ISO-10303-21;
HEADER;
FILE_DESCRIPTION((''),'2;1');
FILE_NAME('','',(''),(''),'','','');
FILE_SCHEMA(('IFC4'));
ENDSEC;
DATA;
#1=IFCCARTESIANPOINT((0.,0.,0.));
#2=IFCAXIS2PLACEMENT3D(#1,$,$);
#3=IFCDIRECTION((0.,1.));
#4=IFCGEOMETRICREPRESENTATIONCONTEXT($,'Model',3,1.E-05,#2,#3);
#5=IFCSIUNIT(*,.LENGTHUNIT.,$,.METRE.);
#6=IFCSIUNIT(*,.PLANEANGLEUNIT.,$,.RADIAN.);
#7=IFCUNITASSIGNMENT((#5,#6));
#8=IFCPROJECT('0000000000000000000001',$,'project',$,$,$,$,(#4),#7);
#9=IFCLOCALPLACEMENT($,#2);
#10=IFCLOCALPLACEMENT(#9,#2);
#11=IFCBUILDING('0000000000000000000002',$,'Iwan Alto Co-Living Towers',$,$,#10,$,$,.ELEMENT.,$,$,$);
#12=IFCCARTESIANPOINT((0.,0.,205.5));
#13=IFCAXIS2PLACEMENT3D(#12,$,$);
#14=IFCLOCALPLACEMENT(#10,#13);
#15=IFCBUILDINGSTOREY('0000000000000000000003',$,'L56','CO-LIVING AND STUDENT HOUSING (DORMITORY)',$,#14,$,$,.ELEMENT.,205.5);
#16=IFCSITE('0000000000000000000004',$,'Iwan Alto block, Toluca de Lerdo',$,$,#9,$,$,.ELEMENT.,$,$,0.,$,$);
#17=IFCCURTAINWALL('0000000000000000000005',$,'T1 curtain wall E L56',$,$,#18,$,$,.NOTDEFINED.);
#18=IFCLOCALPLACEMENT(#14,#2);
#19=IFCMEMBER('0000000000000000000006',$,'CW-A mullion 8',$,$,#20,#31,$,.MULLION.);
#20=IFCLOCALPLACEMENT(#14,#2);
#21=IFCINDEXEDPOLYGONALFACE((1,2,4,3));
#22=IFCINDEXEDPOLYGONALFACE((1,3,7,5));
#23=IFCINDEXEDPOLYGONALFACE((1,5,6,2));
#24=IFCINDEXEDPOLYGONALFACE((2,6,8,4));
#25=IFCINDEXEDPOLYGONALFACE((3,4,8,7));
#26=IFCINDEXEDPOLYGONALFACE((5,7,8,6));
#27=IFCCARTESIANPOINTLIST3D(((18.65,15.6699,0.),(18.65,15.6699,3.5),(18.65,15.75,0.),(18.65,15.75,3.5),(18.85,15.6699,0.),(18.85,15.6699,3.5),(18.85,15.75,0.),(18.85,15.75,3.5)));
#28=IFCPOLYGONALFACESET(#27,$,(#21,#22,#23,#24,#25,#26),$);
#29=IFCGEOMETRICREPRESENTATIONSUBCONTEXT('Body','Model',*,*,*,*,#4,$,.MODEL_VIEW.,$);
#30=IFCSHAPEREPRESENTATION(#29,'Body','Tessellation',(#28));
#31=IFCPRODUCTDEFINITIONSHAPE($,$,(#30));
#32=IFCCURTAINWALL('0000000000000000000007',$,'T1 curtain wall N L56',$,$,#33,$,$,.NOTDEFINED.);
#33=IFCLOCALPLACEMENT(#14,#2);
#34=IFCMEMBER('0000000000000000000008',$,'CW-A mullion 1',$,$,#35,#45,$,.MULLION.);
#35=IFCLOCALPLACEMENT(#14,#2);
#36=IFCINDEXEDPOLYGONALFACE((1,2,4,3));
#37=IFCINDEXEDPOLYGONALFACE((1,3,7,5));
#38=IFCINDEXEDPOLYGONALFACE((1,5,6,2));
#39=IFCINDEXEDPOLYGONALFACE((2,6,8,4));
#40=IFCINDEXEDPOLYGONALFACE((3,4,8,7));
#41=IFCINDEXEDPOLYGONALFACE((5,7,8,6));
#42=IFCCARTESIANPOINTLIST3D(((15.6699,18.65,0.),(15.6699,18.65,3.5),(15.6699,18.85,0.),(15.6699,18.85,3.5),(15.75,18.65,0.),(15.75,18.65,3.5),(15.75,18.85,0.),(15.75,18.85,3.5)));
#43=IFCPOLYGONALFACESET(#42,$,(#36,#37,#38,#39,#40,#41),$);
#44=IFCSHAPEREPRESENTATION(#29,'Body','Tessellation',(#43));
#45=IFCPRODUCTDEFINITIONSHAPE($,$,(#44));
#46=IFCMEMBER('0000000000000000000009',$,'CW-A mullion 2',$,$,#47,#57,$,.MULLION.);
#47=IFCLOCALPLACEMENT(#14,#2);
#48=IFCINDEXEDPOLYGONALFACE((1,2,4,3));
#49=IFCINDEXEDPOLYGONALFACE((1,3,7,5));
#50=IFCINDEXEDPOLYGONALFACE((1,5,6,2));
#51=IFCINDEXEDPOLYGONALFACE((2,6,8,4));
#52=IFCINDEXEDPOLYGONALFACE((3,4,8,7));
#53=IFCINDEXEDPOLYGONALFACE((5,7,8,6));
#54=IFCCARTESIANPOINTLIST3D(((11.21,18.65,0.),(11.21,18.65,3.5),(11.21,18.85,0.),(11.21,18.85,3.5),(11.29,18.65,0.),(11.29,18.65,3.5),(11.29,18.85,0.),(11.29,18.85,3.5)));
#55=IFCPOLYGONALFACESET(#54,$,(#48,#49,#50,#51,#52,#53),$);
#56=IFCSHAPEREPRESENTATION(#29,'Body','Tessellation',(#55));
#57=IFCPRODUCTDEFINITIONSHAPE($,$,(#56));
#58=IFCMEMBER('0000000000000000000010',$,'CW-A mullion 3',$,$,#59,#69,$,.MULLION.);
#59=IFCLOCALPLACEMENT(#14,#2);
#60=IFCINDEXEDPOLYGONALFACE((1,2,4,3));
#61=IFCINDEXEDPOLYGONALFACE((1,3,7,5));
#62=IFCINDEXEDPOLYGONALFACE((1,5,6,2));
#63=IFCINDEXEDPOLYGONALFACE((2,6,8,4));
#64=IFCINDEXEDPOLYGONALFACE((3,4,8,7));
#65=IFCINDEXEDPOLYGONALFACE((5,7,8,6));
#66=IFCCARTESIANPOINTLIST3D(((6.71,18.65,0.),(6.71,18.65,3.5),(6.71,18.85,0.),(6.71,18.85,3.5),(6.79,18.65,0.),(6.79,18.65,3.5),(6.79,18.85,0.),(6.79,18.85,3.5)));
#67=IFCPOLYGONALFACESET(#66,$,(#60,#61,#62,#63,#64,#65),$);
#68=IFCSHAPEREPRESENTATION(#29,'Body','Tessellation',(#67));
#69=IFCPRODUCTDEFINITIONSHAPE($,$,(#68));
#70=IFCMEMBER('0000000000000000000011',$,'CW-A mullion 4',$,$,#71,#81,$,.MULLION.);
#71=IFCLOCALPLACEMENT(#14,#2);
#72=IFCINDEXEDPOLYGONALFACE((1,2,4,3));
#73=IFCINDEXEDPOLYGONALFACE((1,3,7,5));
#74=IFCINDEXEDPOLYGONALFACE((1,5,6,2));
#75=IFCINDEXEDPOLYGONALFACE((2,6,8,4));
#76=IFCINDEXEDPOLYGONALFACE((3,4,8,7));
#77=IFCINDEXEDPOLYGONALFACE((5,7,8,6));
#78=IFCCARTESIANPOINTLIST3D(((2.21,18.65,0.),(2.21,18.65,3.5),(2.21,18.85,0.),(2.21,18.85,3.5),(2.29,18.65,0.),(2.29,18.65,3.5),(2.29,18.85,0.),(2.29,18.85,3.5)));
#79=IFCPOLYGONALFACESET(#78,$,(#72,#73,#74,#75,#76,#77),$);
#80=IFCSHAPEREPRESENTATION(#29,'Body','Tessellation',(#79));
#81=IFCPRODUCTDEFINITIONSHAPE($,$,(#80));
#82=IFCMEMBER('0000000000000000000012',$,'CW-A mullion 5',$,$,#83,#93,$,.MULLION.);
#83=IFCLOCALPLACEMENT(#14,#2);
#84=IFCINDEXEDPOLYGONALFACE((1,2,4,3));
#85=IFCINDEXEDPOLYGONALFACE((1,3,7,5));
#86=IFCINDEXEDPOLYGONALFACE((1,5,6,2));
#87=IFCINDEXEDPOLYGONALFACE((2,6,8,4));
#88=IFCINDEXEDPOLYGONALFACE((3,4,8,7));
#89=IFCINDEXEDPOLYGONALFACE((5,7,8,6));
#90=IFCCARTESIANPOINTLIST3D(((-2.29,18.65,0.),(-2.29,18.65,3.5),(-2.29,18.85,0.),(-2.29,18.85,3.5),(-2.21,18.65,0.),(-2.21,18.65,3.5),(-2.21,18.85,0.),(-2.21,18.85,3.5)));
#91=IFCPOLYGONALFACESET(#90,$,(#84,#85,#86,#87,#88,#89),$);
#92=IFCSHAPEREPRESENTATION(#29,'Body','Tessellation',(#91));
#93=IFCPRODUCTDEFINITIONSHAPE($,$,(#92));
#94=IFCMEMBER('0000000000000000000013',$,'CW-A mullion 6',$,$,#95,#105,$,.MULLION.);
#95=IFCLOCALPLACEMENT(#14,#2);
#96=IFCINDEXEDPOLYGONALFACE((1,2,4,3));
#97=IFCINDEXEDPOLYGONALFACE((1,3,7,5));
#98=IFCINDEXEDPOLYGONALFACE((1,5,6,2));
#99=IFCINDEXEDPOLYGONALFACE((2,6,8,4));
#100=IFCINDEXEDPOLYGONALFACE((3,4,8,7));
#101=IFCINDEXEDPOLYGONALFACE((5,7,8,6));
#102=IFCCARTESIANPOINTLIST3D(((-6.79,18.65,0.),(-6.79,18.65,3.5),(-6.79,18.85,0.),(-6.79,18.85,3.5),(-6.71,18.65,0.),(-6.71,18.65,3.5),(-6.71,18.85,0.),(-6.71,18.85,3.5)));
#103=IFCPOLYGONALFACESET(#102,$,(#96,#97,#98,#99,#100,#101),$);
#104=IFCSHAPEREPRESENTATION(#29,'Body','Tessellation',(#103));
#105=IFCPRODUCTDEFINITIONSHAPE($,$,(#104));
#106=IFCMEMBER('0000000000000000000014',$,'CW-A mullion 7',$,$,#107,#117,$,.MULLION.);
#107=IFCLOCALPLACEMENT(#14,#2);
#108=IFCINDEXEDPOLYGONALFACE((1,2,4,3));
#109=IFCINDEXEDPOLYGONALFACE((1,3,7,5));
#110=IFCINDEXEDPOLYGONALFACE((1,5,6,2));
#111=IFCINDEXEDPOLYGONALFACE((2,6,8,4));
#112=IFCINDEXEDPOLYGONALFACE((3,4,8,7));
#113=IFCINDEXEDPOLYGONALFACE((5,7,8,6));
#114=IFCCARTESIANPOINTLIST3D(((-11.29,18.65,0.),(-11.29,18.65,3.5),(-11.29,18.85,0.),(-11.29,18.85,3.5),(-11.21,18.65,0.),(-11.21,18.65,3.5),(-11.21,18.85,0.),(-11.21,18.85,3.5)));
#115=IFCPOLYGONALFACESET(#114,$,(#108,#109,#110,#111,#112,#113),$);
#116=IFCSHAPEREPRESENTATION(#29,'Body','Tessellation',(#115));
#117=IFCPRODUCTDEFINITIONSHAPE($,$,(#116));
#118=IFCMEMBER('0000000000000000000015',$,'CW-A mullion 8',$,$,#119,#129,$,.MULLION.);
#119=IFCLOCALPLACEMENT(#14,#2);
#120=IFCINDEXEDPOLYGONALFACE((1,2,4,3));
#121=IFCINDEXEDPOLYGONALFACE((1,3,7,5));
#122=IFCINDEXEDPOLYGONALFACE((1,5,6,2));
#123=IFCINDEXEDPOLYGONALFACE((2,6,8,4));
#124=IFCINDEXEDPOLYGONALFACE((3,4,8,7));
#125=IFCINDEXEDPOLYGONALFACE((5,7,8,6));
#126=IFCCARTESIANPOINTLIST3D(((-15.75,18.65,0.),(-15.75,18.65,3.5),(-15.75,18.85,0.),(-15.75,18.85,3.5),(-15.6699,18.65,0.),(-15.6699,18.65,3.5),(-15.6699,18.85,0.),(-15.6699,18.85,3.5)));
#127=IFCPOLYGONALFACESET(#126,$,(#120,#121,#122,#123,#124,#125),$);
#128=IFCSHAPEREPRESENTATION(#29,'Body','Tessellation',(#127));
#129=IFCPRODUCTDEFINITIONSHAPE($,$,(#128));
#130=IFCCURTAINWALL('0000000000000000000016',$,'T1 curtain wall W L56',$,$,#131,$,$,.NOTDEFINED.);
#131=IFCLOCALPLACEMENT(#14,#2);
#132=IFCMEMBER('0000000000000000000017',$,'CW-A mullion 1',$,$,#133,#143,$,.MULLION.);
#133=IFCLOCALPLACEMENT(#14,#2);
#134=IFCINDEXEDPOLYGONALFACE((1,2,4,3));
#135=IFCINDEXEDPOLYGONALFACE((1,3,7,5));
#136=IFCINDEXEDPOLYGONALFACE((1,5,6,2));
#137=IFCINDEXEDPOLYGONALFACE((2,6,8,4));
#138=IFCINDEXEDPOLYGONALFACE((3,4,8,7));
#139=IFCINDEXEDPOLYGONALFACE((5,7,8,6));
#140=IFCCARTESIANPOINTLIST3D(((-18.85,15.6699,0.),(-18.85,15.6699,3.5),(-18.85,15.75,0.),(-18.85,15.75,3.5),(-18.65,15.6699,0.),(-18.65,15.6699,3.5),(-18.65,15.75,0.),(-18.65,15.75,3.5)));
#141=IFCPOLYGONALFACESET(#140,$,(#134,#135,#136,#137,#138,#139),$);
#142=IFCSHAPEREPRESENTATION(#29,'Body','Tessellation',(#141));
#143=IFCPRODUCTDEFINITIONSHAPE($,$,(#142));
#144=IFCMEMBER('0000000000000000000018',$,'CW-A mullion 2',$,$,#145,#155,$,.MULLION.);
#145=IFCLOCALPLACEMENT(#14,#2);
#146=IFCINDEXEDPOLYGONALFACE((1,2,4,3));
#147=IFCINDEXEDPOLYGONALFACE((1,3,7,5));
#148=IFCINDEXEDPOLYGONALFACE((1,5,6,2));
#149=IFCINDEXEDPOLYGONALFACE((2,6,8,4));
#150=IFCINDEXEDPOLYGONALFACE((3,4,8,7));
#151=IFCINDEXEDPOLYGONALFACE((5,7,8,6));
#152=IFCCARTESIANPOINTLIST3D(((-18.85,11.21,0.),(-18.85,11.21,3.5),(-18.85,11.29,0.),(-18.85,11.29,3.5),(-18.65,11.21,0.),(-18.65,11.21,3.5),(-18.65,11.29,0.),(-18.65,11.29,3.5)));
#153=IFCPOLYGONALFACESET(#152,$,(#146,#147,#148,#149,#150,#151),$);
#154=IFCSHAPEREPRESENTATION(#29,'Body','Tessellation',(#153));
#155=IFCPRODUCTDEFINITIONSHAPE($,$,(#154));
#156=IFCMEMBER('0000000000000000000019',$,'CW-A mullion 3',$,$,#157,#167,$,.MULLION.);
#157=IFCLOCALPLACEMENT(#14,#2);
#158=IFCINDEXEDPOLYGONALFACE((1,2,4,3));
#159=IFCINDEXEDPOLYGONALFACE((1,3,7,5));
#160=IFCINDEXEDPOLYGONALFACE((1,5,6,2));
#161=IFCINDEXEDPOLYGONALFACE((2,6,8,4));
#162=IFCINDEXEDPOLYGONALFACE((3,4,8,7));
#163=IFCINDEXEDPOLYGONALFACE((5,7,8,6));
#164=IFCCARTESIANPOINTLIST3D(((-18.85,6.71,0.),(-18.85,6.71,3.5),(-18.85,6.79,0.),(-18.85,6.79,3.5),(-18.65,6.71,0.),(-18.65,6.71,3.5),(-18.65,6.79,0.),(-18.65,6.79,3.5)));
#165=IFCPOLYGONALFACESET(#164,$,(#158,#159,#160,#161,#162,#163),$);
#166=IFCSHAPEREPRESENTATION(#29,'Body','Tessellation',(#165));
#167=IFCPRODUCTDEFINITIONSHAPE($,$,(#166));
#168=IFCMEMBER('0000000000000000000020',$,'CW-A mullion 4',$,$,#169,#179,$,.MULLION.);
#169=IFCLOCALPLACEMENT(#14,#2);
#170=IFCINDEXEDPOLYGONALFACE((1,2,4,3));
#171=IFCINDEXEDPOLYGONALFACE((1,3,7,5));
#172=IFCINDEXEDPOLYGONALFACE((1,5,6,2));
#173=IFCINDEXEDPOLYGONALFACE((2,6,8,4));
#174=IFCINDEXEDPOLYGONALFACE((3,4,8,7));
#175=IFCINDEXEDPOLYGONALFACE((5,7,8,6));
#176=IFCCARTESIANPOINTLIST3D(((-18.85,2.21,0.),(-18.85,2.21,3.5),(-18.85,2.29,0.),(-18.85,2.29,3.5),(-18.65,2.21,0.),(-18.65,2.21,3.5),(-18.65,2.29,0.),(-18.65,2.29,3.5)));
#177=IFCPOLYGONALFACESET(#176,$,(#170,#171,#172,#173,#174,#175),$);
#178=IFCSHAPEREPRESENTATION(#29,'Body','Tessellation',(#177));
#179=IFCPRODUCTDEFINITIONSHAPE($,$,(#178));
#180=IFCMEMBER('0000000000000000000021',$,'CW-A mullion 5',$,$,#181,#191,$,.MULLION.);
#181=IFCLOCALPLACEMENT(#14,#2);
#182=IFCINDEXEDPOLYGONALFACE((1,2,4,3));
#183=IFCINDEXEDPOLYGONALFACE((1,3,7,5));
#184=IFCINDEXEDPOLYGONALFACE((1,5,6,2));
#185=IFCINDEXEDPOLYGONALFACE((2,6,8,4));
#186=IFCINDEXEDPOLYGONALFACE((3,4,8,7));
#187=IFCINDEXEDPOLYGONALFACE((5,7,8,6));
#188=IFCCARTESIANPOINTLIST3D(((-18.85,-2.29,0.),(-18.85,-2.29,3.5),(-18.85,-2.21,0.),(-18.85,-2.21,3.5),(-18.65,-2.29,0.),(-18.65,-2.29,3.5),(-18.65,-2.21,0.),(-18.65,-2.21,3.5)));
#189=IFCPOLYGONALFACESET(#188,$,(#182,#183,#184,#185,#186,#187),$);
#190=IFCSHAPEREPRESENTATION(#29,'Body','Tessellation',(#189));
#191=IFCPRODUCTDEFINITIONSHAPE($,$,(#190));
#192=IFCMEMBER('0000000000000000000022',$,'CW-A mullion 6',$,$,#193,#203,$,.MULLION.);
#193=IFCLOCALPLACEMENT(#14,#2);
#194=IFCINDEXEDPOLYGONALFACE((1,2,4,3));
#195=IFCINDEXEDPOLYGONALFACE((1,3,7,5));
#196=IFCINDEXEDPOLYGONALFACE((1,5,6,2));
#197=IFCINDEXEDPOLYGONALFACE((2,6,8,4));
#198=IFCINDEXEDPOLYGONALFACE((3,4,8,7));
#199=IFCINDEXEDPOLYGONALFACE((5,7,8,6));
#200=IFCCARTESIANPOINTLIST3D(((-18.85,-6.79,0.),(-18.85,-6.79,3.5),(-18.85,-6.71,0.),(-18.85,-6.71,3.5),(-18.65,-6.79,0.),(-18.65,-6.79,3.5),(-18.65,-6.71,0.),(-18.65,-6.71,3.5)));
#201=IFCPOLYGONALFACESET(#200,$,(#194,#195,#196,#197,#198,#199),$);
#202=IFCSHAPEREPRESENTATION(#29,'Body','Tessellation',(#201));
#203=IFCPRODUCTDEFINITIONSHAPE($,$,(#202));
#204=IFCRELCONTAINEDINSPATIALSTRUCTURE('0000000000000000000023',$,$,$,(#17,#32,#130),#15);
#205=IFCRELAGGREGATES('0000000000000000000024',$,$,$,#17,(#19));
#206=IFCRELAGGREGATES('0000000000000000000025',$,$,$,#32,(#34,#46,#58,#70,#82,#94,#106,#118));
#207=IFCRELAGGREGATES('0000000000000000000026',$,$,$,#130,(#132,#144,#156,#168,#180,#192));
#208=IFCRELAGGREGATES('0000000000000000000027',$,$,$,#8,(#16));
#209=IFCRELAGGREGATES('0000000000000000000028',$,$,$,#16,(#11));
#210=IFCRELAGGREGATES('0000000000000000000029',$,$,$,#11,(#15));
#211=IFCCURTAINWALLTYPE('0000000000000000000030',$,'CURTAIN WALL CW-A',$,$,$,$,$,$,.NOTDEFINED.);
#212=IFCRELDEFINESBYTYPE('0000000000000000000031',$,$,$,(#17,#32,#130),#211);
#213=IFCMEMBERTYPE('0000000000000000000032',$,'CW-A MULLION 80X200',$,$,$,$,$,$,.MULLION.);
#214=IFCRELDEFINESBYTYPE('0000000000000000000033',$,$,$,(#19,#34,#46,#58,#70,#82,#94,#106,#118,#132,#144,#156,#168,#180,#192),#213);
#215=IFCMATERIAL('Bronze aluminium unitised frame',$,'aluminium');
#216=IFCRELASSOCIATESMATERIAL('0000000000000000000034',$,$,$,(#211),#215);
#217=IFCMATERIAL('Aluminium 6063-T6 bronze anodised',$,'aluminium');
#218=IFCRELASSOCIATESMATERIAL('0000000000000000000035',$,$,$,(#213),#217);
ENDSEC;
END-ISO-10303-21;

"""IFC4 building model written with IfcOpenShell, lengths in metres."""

from ifc_helpers import new_model, si_unit, direction, frame, origin, origin_2d, place, context, subcontext, project, spatial, rectangle, extrude, material, material_profile, profile_set, type_object, element, aggregate, save


model = new_model("IFC4")

# Units and contexts
model_context = context("Model", 3, precision=1e-05, world=origin(), true_north=direction((0.0, 1.0)))
body_context = subcontext(model_context, "Body", "Model", "MODEL_VIEW")
ifc_project = project(units=[si_unit("LENGTHUNIT", "METRE"), si_unit("PLANEANGLEUNIT", "RADIAN")], contexts=[model_context])

# Site, building, storey
site_placement = place(None, origin())
site = spatial("IfcSite", under=ifc_project, at=site_placement, Name="Iwan Alto block, Toluca de Lerdo", CompositionType="ELEMENT", RefElevation=0.0)
building_placement = place(site_placement, origin())
building = spatial("IfcBuilding", under=site, at=building_placement, Name="Iwan Alto Co-Living Towers", CompositionType="ELEMENT")
storey_placement = place(building_placement, frame((0.0, 0.0, 205.5)))
storey = spatial("IfcBuildingStorey", under=building, at=storey_placement, Name="L56", Description="CO-LIVING AND STUDENT HOUSING (DORMITORY)", CompositionType="ELEMENT", Elevation=205.5)

# Curtain walls, members
ifc_material_1 = material(Name="Bronze aluminium unitised frame", Category="aluminium")
curtain_wall_type_1 = type_object("IfcCurtainWallType", Name="CURTAIN WALL CW-A", PredefinedType="NOTDEFINED", material=ifc_material_1)
ifc_material_2 = material(Name="Aluminium 6063-T6 bronze anodised", Category="aluminium")
ifc_material_profile_1 = material_profile(ifc_material_2, rectangle(XDim=0.2, YDim=0.0801, at=origin_2d()), Name="AL 80X200")
ifc_profile_set_1 = profile_set([ifc_material_profile_1], Name="Aluminium 6063-T6 bronze anodised")
member_type_1 = type_object("IfcMemberType", Name="CW-A MULLION 80X200", PredefinedType="MULLION", material=ifc_profile_set_1)
curtain_wall_1_placement = place(storey_placement, origin())
curtain_wall_1 = element("IfcCurtainWall", 1, at=curtain_wall_1_placement, inside=storey, type_object=curtain_wall_type_1, Name="T1 curtain wall E L56", PredefinedType="NOTDEFINED")
member_1_placement = place(storey_placement, frame((18.75, 15.71, 0.0), z_axis=(0.0, 0.0, 1.0), x_axis=(-1.0, 0.0, 0.0)))
member_1 = element("IfcMember", 2, at=member_1_placement, type_object=member_type_1, Name="CW-A mullion 8", PredefinedType="MULLION", context=body_context, shape_type="SweptSolid", body=[
    extrude(rectangle(XDim=0.2, YDim=0.0801, at=origin_2d()), origin(), (0.0, 0.0, 1.0), 3.5),
])
aggregate(curtain_wall_1, [member_1])
curtain_wall_2_placement = place(storey_placement, origin())
curtain_wall_2 = element("IfcCurtainWall", 3, at=curtain_wall_2_placement, inside=storey, type_object=curtain_wall_type_1, Name="T1 curtain wall N L56", PredefinedType="NOTDEFINED")
member_2_placement = place(storey_placement, frame((15.71, 18.75, 0.0), z_axis=(0.0, 0.0, 1.0), x_axis=(0.0, -1.0, 0.0)))
member_2 = element("IfcMember", 4, at=member_2_placement, type_object=member_type_1, Name="CW-A mullion 1", PredefinedType="MULLION", context=body_context, shape_type="SweptSolid", body=[
    extrude(rectangle(XDim=0.2, YDim=0.0801, at=origin_2d()), origin(), (0.0, 0.0, 1.0), 3.5),
])
member_3_placement = place(storey_placement, frame((11.25, 18.75, 0.0), z_axis=(0.0, 0.0, 1.0), x_axis=(0.0, -1.0, 0.0)))
member_3 = element("IfcMember", 5, at=member_3_placement, type_object=member_type_1, Name="CW-A mullion 2", PredefinedType="MULLION", context=body_context, shape_type="SweptSolid", body=[
    extrude(rectangle(XDim=0.2, YDim=0.0801, at=origin_2d()), origin(), (0.0, 0.0, 1.0), 3.5),
])
member_4_placement = place(storey_placement, frame((6.75, 18.75, 0.0), z_axis=(0.0, 0.0, 1.0), x_axis=(0.0, -1.0, 0.0)))
member_4 = element("IfcMember", 6, at=member_4_placement, type_object=member_type_1, Name="CW-A mullion 3", PredefinedType="MULLION", context=body_context, shape_type="SweptSolid", body=[
    extrude(rectangle(XDim=0.2, YDim=0.0801, at=origin_2d()), origin(), (0.0, 0.0, 1.0), 3.5),
])
member_5_placement = place(storey_placement, frame((2.25, 18.75, 0.0), z_axis=(0.0, 0.0, 1.0), x_axis=(0.0, -1.0, 0.0)))
member_5 = element("IfcMember", 7, at=member_5_placement, type_object=member_type_1, Name="CW-A mullion 4", PredefinedType="MULLION", context=body_context, shape_type="SweptSolid", body=[
    extrude(rectangle(XDim=0.2, YDim=0.0801, at=origin_2d()), origin(), (0.0, 0.0, 1.0), 3.5),
])
member_6_placement = place(storey_placement, frame((-2.25, 18.75, 0.0), z_axis=(0.0, 0.0, 1.0), x_axis=(0.0, -1.0, 0.0)))
member_6 = element("IfcMember", 8, at=member_6_placement, type_object=member_type_1, Name="CW-A mullion 5", PredefinedType="MULLION", context=body_context, shape_type="SweptSolid", body=[
    extrude(rectangle(XDim=0.2, YDim=0.0801, at=origin_2d()), origin(), (0.0, 0.0, 1.0), 3.5),
])
member_7_placement = place(storey_placement, frame((-6.75, 18.75, 0.0), z_axis=(0.0, 0.0, 1.0), x_axis=(0.0, -1.0, 0.0)))
member_7 = element("IfcMember", 9, at=member_7_placement, type_object=member_type_1, Name="CW-A mullion 6", PredefinedType="MULLION", context=body_context, shape_type="SweptSolid", body=[
    extrude(rectangle(XDim=0.2, YDim=0.0801, at=origin_2d()), origin(), (0.0, 0.0, 1.0), 3.5),
])
member_8_placement = place(storey_placement, frame((-11.25, 18.75, 0.0), z_axis=(0.0, 0.0, 1.0), x_axis=(0.0, -1.0, 0.0)))
member_8 = element("IfcMember", 10, at=member_8_placement, type_object=member_type_1, Name="CW-A mullion 7", PredefinedType="MULLION", context=body_context, shape_type="SweptSolid", body=[
    extrude(rectangle(XDim=0.2, YDim=0.0801, at=origin_2d()), origin(), (0.0, 0.0, 1.0), 3.5),
])
member_9_placement = place(storey_placement, frame((-15.71, 18.75, 0.0), z_axis=(0.0, 0.0, 1.0), x_axis=(0.0, -1.0, 0.0)))
member_9 = element("IfcMember", 11, at=member_9_placement, type_object=member_type_1, Name="CW-A mullion 8", PredefinedType="MULLION", context=body_context, shape_type="SweptSolid", body=[
    extrude(rectangle(XDim=0.2, YDim=0.0801, at=origin_2d()), origin(), (0.0, 0.0, 1.0), 3.5),
])
aggregate(curtain_wall_2, [member_2, member_3, member_4, member_5, member_6, member_7, member_8, member_9])
curtain_wall_3_placement = place(storey_placement, origin())
curtain_wall_3 = element("IfcCurtainWall", 12, at=curtain_wall_3_placement, inside=storey, type_object=curtain_wall_type_1, Name="T1 curtain wall W L56", PredefinedType="NOTDEFINED")
member_10_placement = place(storey_placement, frame((-18.75, 15.71, 0.0), z_axis=(0.0, 0.0, 1.0), x_axis=(1.0, 0.0, 0.0)))
member_10 = element("IfcMember", 13, at=member_10_placement, type_object=member_type_1, Name="CW-A mullion 1", PredefinedType="MULLION", context=body_context, shape_type="SweptSolid", body=[
    extrude(rectangle(XDim=0.2, YDim=0.0801, at=origin_2d()), origin(), (0.0, 0.0, 1.0), 3.5),
])
member_11_placement = place(storey_placement, frame((-18.75, 11.25, 0.0), z_axis=(0.0, 0.0, 1.0), x_axis=(1.0, 0.0, 0.0)))
member_11 = element("IfcMember", 14, at=member_11_placement, type_object=member_type_1, Name="CW-A mullion 2", PredefinedType="MULLION", context=body_context, shape_type="SweptSolid", body=[
    extrude(rectangle(XDim=0.2, YDim=0.0801, at=origin_2d()), origin(), (0.0, 0.0, 1.0), 3.5),
])
member_12_placement = place(storey_placement, frame((-18.75, 6.75, 0.0), z_axis=(0.0, 0.0, 1.0), x_axis=(1.0, 0.0, 0.0)))
member_12 = element("IfcMember", 15, at=member_12_placement, type_object=member_type_1, Name="CW-A mullion 3", PredefinedType="MULLION", context=body_context, shape_type="SweptSolid", body=[
    extrude(rectangle(XDim=0.2, YDim=0.0801, at=origin_2d()), origin(), (0.0, 0.0, 1.0), 3.5),
])
member_13_placement = place(storey_placement, frame((-18.75, 2.25, 0.0), z_axis=(0.0, 0.0, 1.0), x_axis=(1.0, 0.0, 0.0)))
member_13 = element("IfcMember", 16, at=member_13_placement, type_object=member_type_1, Name="CW-A mullion 4", PredefinedType="MULLION", context=body_context, shape_type="SweptSolid", body=[
    extrude(rectangle(XDim=0.2, YDim=0.0801, at=origin_2d()), origin(), (0.0, 0.0, 1.0), 3.5),
])
member_14_placement = place(storey_placement, frame((-18.75, -2.25, 0.0), z_axis=(0.0, 0.0, 1.0), x_axis=(1.0, 0.0, 0.0)))
member_14 = element("IfcMember", 17, at=member_14_placement, type_object=member_type_1, Name="CW-A mullion 5", PredefinedType="MULLION", context=body_context, shape_type="SweptSolid", body=[
    extrude(rectangle(XDim=0.2, YDim=0.0801, at=origin_2d()), origin(), (0.0, 0.0, 1.0), 3.5),
])
member_15_placement = place(storey_placement, frame((-18.75, -6.75, 0.0), z_axis=(0.0, 0.0, 1.0), x_axis=(1.0, 0.0, 0.0)))
member_15 = element("IfcMember", 18, at=member_15_placement, type_object=member_type_1, Name="CW-A mullion 6", PredefinedType="MULLION", context=body_context, shape_type="SweptSolid", body=[
    extrude(rectangle(XDim=0.2, YDim=0.0801, at=origin_2d()), origin(), (0.0, 0.0, 1.0), 3.5),
])
aggregate(curtain_wall_3, [member_10, member_11, member_12, member_13, member_14, member_15])

save(model, "model.ifc")
